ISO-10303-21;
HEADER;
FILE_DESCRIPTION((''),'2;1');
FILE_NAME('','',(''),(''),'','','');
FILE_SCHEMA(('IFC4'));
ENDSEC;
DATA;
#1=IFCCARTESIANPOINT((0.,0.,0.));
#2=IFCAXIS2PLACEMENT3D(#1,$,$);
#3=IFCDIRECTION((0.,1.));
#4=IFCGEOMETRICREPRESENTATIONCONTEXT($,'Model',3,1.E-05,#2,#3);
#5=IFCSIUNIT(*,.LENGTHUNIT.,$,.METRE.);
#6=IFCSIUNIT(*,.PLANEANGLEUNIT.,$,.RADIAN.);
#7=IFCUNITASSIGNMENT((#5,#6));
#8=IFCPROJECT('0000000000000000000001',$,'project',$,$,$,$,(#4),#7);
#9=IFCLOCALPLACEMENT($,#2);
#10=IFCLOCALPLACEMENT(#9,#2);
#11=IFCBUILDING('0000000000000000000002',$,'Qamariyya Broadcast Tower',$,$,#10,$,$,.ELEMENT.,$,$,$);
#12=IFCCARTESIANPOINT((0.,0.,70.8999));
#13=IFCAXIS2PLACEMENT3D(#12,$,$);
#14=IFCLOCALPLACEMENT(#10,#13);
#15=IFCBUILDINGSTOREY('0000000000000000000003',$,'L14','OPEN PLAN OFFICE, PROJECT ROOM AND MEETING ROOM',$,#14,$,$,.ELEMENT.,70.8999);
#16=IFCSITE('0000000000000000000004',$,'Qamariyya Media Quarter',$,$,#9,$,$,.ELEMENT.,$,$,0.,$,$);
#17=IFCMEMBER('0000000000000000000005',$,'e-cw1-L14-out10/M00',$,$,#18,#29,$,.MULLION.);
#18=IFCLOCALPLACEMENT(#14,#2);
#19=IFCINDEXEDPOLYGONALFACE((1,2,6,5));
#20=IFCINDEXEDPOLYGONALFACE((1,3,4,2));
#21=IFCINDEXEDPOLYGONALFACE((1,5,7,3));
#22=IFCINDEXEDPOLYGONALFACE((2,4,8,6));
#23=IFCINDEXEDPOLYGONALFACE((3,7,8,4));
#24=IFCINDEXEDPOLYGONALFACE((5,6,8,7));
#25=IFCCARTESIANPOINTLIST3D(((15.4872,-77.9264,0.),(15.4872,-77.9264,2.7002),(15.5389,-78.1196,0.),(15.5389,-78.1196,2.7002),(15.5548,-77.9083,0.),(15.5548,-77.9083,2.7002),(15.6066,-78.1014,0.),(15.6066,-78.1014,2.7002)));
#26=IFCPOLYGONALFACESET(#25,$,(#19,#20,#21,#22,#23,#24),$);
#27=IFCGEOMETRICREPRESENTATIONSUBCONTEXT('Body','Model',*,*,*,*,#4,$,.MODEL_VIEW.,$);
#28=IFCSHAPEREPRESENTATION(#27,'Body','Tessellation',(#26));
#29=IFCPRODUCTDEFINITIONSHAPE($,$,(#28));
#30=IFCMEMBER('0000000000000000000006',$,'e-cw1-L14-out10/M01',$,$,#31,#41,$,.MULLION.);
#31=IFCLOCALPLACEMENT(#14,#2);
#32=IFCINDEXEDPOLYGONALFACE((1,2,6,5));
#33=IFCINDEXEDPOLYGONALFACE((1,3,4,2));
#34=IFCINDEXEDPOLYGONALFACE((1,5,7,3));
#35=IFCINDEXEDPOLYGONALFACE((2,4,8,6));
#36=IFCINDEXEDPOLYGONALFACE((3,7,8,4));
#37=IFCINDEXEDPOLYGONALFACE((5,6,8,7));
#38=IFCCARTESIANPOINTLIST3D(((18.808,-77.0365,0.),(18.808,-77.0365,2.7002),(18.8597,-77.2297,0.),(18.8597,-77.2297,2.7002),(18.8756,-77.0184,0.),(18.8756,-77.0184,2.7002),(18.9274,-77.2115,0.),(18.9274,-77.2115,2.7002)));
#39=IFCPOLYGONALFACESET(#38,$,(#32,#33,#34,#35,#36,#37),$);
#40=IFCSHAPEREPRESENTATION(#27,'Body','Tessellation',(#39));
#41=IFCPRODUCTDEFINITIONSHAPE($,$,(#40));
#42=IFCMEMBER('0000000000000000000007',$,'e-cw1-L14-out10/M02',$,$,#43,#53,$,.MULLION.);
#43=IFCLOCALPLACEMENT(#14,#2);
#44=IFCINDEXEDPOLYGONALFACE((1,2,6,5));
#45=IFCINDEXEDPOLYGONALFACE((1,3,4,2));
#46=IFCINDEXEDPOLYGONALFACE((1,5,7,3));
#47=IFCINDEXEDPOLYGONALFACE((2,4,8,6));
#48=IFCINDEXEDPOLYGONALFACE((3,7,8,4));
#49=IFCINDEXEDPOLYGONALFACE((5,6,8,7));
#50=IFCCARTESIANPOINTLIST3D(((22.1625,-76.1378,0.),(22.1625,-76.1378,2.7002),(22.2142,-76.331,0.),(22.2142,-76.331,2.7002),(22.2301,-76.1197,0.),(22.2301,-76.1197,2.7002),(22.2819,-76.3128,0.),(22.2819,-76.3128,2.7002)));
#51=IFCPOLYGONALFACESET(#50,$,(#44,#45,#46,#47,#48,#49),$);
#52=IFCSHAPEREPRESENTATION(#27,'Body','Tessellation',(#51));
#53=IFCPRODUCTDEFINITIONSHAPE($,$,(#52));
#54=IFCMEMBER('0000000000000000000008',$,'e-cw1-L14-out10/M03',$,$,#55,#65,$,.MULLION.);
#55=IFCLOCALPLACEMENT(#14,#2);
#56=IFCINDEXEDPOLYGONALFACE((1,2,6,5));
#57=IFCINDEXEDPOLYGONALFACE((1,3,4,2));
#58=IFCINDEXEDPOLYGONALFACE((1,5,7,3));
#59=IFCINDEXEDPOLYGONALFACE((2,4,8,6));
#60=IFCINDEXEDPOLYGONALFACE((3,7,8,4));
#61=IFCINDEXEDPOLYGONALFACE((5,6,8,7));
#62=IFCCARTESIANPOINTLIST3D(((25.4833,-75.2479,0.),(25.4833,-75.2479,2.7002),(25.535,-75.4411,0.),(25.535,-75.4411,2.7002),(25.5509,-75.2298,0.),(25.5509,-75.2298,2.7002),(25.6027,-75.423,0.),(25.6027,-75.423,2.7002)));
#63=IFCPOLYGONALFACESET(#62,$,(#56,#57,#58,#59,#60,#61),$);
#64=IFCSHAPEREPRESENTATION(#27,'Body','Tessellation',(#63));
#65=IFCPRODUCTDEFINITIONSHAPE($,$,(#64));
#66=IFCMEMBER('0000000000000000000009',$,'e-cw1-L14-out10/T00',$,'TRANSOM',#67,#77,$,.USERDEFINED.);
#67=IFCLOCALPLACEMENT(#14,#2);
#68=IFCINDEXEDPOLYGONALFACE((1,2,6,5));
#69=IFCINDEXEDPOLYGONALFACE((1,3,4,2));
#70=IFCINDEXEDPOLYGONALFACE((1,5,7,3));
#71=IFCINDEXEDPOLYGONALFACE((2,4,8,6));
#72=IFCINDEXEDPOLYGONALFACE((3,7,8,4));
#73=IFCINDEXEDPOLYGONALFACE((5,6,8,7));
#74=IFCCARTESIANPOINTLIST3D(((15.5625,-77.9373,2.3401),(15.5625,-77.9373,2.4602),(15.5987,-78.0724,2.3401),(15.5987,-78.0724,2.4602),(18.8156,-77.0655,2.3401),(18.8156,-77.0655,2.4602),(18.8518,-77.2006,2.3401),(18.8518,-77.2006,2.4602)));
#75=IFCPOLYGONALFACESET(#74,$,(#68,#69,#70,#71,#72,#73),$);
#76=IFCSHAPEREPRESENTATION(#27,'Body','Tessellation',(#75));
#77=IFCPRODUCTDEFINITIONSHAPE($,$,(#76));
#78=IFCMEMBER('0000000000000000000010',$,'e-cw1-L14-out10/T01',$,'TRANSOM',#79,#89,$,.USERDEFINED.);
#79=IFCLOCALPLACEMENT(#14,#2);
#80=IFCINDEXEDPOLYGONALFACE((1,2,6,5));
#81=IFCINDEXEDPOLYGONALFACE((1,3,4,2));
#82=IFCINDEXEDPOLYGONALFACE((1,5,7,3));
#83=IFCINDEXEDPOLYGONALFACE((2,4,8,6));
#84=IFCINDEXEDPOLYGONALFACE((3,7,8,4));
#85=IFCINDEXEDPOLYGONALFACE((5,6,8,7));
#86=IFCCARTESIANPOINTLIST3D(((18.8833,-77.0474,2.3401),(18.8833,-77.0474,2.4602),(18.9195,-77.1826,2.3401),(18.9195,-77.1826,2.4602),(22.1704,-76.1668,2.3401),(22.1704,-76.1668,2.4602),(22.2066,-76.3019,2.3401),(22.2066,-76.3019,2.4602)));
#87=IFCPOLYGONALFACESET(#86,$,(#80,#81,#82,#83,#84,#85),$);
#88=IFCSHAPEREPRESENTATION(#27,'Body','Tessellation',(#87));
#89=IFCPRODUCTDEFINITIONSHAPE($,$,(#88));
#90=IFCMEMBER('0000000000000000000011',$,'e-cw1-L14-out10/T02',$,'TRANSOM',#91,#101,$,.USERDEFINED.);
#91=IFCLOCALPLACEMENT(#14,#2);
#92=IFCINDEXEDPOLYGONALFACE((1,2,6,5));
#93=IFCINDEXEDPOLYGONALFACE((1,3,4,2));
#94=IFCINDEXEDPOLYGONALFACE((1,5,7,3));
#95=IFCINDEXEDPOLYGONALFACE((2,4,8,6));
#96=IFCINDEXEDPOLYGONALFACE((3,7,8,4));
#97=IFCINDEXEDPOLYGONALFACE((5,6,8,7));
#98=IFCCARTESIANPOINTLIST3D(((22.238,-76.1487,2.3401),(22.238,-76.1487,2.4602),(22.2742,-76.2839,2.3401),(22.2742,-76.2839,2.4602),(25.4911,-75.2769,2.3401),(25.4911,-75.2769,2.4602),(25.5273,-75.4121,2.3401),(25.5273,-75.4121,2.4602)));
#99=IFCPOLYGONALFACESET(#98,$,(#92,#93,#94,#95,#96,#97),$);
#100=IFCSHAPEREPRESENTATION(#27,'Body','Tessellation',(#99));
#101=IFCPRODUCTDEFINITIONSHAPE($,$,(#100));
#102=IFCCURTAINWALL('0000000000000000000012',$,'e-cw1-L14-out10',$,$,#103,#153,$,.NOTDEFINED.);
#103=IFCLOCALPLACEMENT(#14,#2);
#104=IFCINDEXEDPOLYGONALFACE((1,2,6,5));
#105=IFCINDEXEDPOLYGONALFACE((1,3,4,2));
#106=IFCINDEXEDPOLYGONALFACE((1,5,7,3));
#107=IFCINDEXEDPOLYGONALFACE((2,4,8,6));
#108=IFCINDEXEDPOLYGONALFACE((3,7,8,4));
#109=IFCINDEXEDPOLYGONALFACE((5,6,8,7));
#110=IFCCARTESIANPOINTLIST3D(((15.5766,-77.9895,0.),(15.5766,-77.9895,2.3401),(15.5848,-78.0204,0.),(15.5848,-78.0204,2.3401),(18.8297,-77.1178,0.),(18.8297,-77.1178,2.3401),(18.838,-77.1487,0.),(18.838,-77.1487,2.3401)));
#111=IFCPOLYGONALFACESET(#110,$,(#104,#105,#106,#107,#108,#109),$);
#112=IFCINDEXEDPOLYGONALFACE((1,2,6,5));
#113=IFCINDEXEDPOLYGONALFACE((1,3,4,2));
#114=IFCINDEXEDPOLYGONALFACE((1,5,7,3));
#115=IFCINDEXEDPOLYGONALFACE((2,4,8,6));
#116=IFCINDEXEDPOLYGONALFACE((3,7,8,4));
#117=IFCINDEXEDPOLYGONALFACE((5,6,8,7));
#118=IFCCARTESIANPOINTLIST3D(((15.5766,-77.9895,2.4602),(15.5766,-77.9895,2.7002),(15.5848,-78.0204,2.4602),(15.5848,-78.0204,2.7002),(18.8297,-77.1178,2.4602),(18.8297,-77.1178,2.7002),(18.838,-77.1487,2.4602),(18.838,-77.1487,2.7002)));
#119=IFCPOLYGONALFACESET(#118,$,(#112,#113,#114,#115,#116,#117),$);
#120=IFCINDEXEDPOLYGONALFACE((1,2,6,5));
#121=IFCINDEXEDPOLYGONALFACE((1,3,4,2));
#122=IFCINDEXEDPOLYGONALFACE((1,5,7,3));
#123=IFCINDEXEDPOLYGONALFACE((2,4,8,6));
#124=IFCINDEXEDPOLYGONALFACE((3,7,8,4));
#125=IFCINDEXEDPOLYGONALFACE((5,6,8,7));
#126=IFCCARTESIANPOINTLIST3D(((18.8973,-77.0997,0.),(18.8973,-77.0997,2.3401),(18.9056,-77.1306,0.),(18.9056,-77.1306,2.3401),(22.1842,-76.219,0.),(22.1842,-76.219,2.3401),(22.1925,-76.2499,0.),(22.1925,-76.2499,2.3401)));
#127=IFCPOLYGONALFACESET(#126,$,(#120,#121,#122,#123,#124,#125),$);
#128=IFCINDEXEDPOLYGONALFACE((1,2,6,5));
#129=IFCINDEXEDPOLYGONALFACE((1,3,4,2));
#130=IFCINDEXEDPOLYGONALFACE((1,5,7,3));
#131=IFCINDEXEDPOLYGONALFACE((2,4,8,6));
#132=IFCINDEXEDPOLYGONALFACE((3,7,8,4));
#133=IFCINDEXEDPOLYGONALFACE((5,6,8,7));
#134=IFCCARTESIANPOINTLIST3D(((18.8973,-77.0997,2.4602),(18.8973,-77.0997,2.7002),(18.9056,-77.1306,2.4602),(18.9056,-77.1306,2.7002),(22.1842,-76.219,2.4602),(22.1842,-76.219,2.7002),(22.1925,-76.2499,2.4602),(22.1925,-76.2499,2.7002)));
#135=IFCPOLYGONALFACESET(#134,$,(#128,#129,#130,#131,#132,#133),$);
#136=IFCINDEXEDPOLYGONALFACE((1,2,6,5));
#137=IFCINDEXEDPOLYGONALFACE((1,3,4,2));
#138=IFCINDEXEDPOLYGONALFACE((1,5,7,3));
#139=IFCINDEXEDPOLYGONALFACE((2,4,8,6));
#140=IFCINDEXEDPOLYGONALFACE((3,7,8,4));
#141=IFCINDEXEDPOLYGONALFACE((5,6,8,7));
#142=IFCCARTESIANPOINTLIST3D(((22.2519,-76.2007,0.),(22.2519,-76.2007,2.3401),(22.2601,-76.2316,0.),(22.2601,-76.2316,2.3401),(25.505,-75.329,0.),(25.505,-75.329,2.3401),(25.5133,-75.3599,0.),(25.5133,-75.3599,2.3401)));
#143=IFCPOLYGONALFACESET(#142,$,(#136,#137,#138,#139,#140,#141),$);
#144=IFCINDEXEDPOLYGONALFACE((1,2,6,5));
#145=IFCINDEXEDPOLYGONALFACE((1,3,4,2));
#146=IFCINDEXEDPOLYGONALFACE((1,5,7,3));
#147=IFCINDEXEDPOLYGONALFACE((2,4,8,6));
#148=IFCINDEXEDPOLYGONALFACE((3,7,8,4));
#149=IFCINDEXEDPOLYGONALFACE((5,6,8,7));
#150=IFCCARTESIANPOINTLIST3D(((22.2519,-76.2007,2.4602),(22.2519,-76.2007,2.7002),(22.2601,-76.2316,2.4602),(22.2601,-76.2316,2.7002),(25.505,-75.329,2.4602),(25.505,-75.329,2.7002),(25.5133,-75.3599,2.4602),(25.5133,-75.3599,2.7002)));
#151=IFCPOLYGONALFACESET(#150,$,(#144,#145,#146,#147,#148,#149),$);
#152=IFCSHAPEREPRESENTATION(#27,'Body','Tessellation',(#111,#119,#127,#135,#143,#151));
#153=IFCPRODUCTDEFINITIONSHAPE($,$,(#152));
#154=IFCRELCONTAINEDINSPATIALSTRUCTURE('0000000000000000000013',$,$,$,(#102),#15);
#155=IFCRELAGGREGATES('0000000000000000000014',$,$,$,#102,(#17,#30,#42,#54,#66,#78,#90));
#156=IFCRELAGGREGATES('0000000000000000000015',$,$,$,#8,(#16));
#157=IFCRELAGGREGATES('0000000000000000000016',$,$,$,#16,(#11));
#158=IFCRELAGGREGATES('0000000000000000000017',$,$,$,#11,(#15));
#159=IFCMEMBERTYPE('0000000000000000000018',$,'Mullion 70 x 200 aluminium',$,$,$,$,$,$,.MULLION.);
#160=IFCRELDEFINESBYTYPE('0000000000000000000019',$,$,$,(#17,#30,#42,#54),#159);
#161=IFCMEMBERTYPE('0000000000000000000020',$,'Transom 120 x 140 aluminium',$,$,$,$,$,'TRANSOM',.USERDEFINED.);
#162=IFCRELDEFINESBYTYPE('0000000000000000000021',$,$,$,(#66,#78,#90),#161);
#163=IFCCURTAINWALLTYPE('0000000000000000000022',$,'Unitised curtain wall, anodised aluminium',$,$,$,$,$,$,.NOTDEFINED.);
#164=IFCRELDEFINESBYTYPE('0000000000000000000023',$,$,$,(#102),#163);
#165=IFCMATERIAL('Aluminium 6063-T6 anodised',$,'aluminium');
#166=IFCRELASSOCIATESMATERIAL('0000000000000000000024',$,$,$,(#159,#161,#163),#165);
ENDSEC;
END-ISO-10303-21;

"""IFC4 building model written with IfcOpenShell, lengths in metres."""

from ifc_helpers import new_model, si_unit, direction, frame, origin, origin_2d, place, context, subcontext, project, spatial, rectangle, extrude, material, material_profile, profile_set, type_object, element, aggregate, save


model = new_model("IFC4")

# Units and contexts
model_context = context("Model", 3, precision=1e-05, world=origin(), true_north=direction((0.0, 1.0)))
body_context = subcontext(model_context, "Body", "Model", "MODEL_VIEW")
ifc_project = project(units=[si_unit("LENGTHUNIT", "METRE"), si_unit("PLANEANGLEUNIT", "RADIAN")], contexts=[model_context])

# Members
ifc_material = material(Name="Aluminium 6063-T6 anodised", Category="aluminium")
ifc_material_profile_1 = material_profile(ifc_material, rectangle(XDim=0.2, YDim=0.0701, at=origin_2d()))
ifc_profile_set_1 = profile_set([ifc_material_profile_1], Name="Aluminium 6063-T6 anodised")
member_type_1 = type_object("IfcMemberType", Name="Mullion 70 x 200 aluminium", PredefinedType="MULLION", material=ifc_profile_set_1)
site_placement = place(None, origin())
building_placement = place(site_placement, origin())
storey_placement = place(building_placement, frame((0.0, 0.0, 70.8999)))
member_1_placement = place(storey_placement, frame((15.5469, -78.0139, 0.0), z_axis=(0.0, 0.0, 1.0), x_axis=(-0.258819, 0.965926, 0.0)))
member_1 = element("IfcMember", 1, at=member_1_placement, type_object=member_type_1, Name="e-cw1-L14-out10/M00", PredefinedType="MULLION", context=body_context, shape_type="SweptSolid", body=[
    extrude(rectangle(XDim=0.2, YDim=0.0701, at=origin_2d()), origin(), (0.0, 0.0, 1.0), 2.7002),
])
member_2_placement = place(storey_placement, frame((18.8677, -77.124, 0.0), z_axis=(0.0, 0.0, 1.0), x_axis=(-0.258819, 0.965926, 0.0)))
member_2 = element("IfcMember", 2, at=member_2_placement, type_object=member_type_1, Name="e-cw1-L14-out10/M01", PredefinedType="MULLION", context=body_context, shape_type="SweptSolid", body=[
    extrude(rectangle(XDim=0.2, YDim=0.0701, at=origin_2d()), origin(), (0.0, 0.0, 1.0), 2.7002),
])
member_3_placement = place(storey_placement, frame((22.2222, -76.2253, 0.0), z_axis=(0.0, 0.0, 1.0), x_axis=(-0.258819, 0.965926, 0.0)))
member_3 = element("IfcMember", 3, at=member_3_placement, type_object=member_type_1, Name="e-cw1-L14-out10/M02", PredefinedType="MULLION", context=body_context, shape_type="SweptSolid", body=[
    extrude(rectangle(XDim=0.2, YDim=0.0701, at=origin_2d()), origin(), (0.0, 0.0, 1.0), 2.7002),
])
member_4_placement = place(storey_placement, frame((25.543, -75.3354, 0.0), z_axis=(0.0, 0.0, 1.0), x_axis=(-0.258819, 0.965926, 0.0)))
member_4 = element("IfcMember", 4, at=member_4_placement, type_object=member_type_1, Name="e-cw1-L14-out10/M03", PredefinedType="MULLION", context=body_context, shape_type="SweptSolid", body=[
    extrude(rectangle(XDim=0.2, YDim=0.0701, at=origin_2d()), origin(), (0.0, 0.0, 1.0), 2.7002),
])
ifc_material_profile_2 = material_profile(ifc_material, rectangle(XDim=0.1399, YDim=0.1201, at=origin_2d()))
ifc_profile_set_2 = profile_set([ifc_material_profile_2], Name="Aluminium 6063-T6 anodised")
member_type_2 = type_object("IfcMemberType", Name="Transom 120 x 140 aluminium", ElementType="TRANSOM", PredefinedType="USERDEFINED", material=ifc_profile_set_2)
member_5_placement = place(storey_placement, frame((15.5806, -78.0049, 2.4001), z_axis=(0.965915, 0.258858, 0.0), x_axis=(-0.258858, 0.965915, 0.0)))
member_5 = element("IfcMember", 5, at=member_5_placement, type_object=member_type_2, Name="e-cw1-L14-out10/T00", ObjectType="TRANSOM", PredefinedType="USERDEFINED", context=body_context, shape_type="SweptSolid", body=[
    extrude(rectangle(XDim=0.1399, YDim=0.1201, at=origin_2d()), origin(), (0.0, 0.0, 1.0), 3.3679),
])
member_6_placement = place(storey_placement, frame((18.9014, -77.115, 2.4001), z_axis=(0.965938, 0.258774, 0.0), x_axis=(-0.258774, 0.965938, 0.0)))
member_6 = element("IfcMember", 6, at=member_6_placement, type_object=member_type_2, Name="e-cw1-L14-out10/T01", ObjectType="TRANSOM", PredefinedType="USERDEFINED", context=body_context, shape_type="SweptSolid", body=[
    extrude(rectangle(XDim=0.1399, YDim=0.1201, at=origin_2d()), origin(), (0.0, 0.0, 1.0), 3.4031),
])
member_7_placement = place(storey_placement, frame((22.2561, -76.2163, 2.4001), z_axis=(0.965915, 0.258858, 0.0), x_axis=(-0.258858, 0.965915, 0.0)))
member_7 = element("IfcMember", 7, at=member_7_placement, type_object=member_type_2, Name="e-cw1-L14-out10/T02", ObjectType="TRANSOM", PredefinedType="USERDEFINED", context=body_context, shape_type="SweptSolid", body=[
    extrude(rectangle(XDim=0.1399, YDim=0.1201, at=origin_2d()), origin(), (0.0, 0.0, 1.0), 3.3679),
])

# Site, building, storey
site = spatial("IfcSite", under=ifc_project, at=site_placement, Name="Qamariyya Media Quarter", CompositionType="ELEMENT", RefElevation=0.0)
building = spatial("IfcBuilding", under=site, at=building_placement, Name="Qamariyya Broadcast Tower", CompositionType="ELEMENT")
storey = spatial("IfcBuildingStorey", under=building, at=storey_placement, Name="L14", Description="OPEN PLAN OFFICE, PROJECT ROOM AND MEETING ROOM", CompositionType="ELEMENT", Elevation=70.8999)

# Curtain wall
curtain_wall_type = type_object("IfcCurtainWallType", Name="Unitised curtain wall, anodised aluminium", PredefinedType="NOTDEFINED", material=ifc_material)
curtain_wall_1_placement = place(storey_placement, origin())
curtain_wall_1 = element("IfcCurtainWall", 8, at=curtain_wall_1_placement, inside=storey, type_object=curtain_wall_type, Name="e-cw1-L14-out10", PredefinedType="NOTDEFINED", context=body_context, shape_type="SweptSolid", body=[
    extrude(rectangle(XDim=3.3679, YDim=0.032, at=origin_2d()), frame((17.2073, -77.5691, 0.0), x_axis=(0.965925, 0.258822, 0.0)), (0.0, 0.0, 1.0), 2.3401),
    extrude(rectangle(XDim=3.3679, YDim=0.032, at=origin_2d()), frame((17.2073, -77.5691, 2.4602), x_axis=(0.965925, 0.258822, 0.0)), (0.0, 0.0, 1.0), 0.24),
    extrude(rectangle(XDim=3.4028, YDim=0.032, at=origin_2d()), frame((20.5449, -76.6748, 0.0), x_axis=(0.965925, 0.258822, 0.0)), (0.0, 0.0, 1.0), 2.3401),
    extrude(rectangle(XDim=3.4028, YDim=0.032, at=origin_2d()), frame((20.5449, -76.6748, 2.4602), x_axis=(0.965925, 0.258822, 0.0)), (0.0, 0.0, 1.0), 0.24),
    extrude(rectangle(XDim=3.3679, YDim=0.032, at=origin_2d()), frame((23.8826, -75.7803, 0.0), x_axis=(0.965925, 0.258822, 0.0)), (0.0, 0.0, 1.0), 2.3401),
    extrude(rectangle(XDim=3.3679, YDim=0.032, at=origin_2d()), frame((23.8826, -75.7803, 2.4602), x_axis=(0.965925, 0.258822, 0.0)), (0.0, 0.0, 1.0), 0.24),
])
aggregate(curtain_wall_1, [member_1, member_2, member_3, member_4, member_5, member_6, member_7])

save(model, "model.ifc")
